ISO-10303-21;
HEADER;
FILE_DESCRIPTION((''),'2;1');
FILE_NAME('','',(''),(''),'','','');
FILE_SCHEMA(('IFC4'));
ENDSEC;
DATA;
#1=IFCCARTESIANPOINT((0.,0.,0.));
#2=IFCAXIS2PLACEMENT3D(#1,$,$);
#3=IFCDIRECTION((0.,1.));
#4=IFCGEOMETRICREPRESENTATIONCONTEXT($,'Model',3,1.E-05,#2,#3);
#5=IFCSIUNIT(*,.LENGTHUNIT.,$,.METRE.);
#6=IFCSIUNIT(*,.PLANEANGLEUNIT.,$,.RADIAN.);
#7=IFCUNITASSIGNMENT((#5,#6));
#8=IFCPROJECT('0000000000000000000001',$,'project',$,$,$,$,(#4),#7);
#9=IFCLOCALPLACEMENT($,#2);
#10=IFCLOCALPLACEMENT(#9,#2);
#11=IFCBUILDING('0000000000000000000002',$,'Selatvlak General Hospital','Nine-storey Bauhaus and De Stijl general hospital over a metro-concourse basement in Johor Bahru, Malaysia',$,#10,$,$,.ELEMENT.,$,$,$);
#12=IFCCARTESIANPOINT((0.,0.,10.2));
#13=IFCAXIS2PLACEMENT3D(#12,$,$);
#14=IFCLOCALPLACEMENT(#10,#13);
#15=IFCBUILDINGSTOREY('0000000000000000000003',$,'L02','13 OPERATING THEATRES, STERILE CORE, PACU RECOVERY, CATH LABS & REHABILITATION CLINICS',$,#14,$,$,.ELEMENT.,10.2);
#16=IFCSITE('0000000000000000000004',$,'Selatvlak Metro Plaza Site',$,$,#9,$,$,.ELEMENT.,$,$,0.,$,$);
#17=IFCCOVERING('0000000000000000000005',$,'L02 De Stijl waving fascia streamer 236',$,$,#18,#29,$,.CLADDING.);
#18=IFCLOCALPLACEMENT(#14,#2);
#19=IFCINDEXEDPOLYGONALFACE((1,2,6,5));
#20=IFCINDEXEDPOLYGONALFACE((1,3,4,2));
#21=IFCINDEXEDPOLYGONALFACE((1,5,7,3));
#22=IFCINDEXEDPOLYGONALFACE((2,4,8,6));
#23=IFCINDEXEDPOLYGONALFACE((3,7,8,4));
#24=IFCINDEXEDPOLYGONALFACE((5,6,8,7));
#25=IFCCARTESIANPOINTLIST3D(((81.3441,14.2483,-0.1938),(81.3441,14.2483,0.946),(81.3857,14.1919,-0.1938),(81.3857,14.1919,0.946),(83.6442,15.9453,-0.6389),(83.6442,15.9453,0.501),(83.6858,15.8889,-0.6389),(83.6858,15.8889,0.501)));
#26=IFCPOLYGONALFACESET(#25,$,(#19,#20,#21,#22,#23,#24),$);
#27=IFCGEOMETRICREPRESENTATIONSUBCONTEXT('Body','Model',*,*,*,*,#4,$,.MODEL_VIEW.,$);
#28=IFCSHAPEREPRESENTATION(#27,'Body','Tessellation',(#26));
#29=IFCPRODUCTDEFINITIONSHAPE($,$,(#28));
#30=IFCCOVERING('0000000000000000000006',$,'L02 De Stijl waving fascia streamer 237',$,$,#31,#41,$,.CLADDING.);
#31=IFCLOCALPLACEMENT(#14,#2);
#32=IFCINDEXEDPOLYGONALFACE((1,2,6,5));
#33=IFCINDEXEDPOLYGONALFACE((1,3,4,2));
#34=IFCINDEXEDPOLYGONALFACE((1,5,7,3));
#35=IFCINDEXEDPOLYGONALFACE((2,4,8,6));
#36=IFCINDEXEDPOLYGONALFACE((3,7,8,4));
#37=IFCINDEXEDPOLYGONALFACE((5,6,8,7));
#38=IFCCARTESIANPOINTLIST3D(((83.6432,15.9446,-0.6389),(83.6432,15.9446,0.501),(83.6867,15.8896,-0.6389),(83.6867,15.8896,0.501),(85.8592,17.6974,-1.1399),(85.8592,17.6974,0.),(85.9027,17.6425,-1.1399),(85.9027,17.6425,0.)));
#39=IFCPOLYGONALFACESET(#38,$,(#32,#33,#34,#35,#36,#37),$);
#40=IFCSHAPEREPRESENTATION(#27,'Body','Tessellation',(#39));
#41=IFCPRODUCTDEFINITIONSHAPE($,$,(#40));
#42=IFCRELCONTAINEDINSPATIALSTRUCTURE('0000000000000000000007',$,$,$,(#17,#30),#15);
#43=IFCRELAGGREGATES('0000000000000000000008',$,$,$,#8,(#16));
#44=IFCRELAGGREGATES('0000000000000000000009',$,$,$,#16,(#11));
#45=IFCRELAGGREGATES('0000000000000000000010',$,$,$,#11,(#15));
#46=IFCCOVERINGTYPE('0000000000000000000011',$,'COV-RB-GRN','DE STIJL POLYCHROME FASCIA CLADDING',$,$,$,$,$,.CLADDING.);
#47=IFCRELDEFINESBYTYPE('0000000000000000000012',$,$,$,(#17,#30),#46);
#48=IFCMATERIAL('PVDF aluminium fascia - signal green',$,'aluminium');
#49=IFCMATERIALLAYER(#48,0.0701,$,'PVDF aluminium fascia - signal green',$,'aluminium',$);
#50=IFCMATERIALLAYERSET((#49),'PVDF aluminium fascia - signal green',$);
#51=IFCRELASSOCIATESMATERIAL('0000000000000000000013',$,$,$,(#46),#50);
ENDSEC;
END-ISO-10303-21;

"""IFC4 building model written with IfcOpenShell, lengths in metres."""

from ifc_helpers import new_model, si_unit, direction, frame, origin, place, context, subcontext, project, spatial, polyline, outline, extrude, material, layer, layer_set, type_object, element, save


model = new_model("IFC4")

# Units and contexts
model_context = context("Model", 3, precision=1e-05, world=origin(), true_north=direction((0.0, 1.0)))
body_context = subcontext(model_context, "Body", "Model", "MODEL_VIEW")
ifc_project = project(units=[si_unit("LENGTHUNIT", "METRE"), si_unit("PLANEANGLEUNIT", "RADIAN")], contexts=[model_context])

# Site, building, storey
site_placement = place(None, origin())
site = spatial("IfcSite", under=ifc_project, at=site_placement, Name="Selatvlak Metro Plaza Site", CompositionType="ELEMENT", RefElevation=0.0)
building_placement = place(site_placement, origin())
building = spatial("IfcBuilding", under=site, at=building_placement, Name="Selatvlak General Hospital", Description="Nine-storey Bauhaus and De Stijl general hospital over a metro-concourse basement in Johor Bahru, Malaysia", CompositionType="ELEMENT")
storey_placement = place(building_placement, frame((0.0, 0.0, 10.2)))
storey = spatial("IfcBuildingStorey", under=building, at=storey_placement, Name="L02", Description="13 OPERATING THEATRES, STERILE CORE, PACU RECOVERY, CATH LABS & REHABILITATION CLINICS", CompositionType="ELEMENT", Elevation=10.2)

# Coverings
ifc_material_1 = material(Name="PVDF aluminium fascia - signal green", Category="aluminium")
ifc_layer_1 = layer(ifc_material_1, 0.0701, Name="PVDF aluminium fascia - signal green", Category="aluminium")
ifc_layer_set_1 = layer_set([ifc_layer_1], Name="PVDF aluminium fascia - signal green")
covering_type = type_object("IfcCoveringType", Name="COV-RB-GRN", Description="DE STIJL POLYCHROME FASCIA CLADDING", PredefinedType="CLADDING", material=ifc_layer_set_1)
covering_1_placement = place(storey_placement, frame((81.365, 14.22, -0.1938), z_axis=(0.0, 0.0, 1.0), x_axis=(0.80468, 0.593709, 0.0)))
element("IfcCovering", 1, at=covering_1_placement, inside=storey, type_object=covering_type, Name="L02 De Stijl waving fascia streamer 236", PredefinedType="CLADDING", context=body_context, shape_type="SweptSolid", body=[
    extrude(outline(polyline([(0.0, 0.0), (2.8584, -0.4451), (2.8584, 0.6948), (0.0, 1.1399), (0.0, 0.0)])), frame((0.0, 0.0352, 0.0), z_axis=(0.0, -1.0, 0.0), x_axis=(1.0, 0.0, 0.0)), (0.0, 0.0, 1.0), 0.0701),
])
covering_2_placement = place(storey_placement, frame((83.665, 15.917, -0.6389), z_axis=(0.0, 0.0, 1.0), x_axis=(0.784296, 0.620386, 0.0)))
element("IfcCovering", 2, at=covering_2_placement, inside=storey, type_object=covering_type, Name="L02 De Stijl waving fascia streamer 237", PredefinedType="CLADDING", context=body_context, shape_type="SweptSolid", body=[
    extrude(outline(polyline([(0.0, 0.0), (2.8254, -0.501), (2.8254, 0.6389), (0.0, 1.1399), (0.0, 0.0)])), frame((0.0, 0.0352, 0.0), z_axis=(0.0, -1.0, 0.0), x_axis=(1.0, 0.0, 0.0)), (0.0, 0.0, 1.0), 0.0701),
])

save(model, "model.ifc")
